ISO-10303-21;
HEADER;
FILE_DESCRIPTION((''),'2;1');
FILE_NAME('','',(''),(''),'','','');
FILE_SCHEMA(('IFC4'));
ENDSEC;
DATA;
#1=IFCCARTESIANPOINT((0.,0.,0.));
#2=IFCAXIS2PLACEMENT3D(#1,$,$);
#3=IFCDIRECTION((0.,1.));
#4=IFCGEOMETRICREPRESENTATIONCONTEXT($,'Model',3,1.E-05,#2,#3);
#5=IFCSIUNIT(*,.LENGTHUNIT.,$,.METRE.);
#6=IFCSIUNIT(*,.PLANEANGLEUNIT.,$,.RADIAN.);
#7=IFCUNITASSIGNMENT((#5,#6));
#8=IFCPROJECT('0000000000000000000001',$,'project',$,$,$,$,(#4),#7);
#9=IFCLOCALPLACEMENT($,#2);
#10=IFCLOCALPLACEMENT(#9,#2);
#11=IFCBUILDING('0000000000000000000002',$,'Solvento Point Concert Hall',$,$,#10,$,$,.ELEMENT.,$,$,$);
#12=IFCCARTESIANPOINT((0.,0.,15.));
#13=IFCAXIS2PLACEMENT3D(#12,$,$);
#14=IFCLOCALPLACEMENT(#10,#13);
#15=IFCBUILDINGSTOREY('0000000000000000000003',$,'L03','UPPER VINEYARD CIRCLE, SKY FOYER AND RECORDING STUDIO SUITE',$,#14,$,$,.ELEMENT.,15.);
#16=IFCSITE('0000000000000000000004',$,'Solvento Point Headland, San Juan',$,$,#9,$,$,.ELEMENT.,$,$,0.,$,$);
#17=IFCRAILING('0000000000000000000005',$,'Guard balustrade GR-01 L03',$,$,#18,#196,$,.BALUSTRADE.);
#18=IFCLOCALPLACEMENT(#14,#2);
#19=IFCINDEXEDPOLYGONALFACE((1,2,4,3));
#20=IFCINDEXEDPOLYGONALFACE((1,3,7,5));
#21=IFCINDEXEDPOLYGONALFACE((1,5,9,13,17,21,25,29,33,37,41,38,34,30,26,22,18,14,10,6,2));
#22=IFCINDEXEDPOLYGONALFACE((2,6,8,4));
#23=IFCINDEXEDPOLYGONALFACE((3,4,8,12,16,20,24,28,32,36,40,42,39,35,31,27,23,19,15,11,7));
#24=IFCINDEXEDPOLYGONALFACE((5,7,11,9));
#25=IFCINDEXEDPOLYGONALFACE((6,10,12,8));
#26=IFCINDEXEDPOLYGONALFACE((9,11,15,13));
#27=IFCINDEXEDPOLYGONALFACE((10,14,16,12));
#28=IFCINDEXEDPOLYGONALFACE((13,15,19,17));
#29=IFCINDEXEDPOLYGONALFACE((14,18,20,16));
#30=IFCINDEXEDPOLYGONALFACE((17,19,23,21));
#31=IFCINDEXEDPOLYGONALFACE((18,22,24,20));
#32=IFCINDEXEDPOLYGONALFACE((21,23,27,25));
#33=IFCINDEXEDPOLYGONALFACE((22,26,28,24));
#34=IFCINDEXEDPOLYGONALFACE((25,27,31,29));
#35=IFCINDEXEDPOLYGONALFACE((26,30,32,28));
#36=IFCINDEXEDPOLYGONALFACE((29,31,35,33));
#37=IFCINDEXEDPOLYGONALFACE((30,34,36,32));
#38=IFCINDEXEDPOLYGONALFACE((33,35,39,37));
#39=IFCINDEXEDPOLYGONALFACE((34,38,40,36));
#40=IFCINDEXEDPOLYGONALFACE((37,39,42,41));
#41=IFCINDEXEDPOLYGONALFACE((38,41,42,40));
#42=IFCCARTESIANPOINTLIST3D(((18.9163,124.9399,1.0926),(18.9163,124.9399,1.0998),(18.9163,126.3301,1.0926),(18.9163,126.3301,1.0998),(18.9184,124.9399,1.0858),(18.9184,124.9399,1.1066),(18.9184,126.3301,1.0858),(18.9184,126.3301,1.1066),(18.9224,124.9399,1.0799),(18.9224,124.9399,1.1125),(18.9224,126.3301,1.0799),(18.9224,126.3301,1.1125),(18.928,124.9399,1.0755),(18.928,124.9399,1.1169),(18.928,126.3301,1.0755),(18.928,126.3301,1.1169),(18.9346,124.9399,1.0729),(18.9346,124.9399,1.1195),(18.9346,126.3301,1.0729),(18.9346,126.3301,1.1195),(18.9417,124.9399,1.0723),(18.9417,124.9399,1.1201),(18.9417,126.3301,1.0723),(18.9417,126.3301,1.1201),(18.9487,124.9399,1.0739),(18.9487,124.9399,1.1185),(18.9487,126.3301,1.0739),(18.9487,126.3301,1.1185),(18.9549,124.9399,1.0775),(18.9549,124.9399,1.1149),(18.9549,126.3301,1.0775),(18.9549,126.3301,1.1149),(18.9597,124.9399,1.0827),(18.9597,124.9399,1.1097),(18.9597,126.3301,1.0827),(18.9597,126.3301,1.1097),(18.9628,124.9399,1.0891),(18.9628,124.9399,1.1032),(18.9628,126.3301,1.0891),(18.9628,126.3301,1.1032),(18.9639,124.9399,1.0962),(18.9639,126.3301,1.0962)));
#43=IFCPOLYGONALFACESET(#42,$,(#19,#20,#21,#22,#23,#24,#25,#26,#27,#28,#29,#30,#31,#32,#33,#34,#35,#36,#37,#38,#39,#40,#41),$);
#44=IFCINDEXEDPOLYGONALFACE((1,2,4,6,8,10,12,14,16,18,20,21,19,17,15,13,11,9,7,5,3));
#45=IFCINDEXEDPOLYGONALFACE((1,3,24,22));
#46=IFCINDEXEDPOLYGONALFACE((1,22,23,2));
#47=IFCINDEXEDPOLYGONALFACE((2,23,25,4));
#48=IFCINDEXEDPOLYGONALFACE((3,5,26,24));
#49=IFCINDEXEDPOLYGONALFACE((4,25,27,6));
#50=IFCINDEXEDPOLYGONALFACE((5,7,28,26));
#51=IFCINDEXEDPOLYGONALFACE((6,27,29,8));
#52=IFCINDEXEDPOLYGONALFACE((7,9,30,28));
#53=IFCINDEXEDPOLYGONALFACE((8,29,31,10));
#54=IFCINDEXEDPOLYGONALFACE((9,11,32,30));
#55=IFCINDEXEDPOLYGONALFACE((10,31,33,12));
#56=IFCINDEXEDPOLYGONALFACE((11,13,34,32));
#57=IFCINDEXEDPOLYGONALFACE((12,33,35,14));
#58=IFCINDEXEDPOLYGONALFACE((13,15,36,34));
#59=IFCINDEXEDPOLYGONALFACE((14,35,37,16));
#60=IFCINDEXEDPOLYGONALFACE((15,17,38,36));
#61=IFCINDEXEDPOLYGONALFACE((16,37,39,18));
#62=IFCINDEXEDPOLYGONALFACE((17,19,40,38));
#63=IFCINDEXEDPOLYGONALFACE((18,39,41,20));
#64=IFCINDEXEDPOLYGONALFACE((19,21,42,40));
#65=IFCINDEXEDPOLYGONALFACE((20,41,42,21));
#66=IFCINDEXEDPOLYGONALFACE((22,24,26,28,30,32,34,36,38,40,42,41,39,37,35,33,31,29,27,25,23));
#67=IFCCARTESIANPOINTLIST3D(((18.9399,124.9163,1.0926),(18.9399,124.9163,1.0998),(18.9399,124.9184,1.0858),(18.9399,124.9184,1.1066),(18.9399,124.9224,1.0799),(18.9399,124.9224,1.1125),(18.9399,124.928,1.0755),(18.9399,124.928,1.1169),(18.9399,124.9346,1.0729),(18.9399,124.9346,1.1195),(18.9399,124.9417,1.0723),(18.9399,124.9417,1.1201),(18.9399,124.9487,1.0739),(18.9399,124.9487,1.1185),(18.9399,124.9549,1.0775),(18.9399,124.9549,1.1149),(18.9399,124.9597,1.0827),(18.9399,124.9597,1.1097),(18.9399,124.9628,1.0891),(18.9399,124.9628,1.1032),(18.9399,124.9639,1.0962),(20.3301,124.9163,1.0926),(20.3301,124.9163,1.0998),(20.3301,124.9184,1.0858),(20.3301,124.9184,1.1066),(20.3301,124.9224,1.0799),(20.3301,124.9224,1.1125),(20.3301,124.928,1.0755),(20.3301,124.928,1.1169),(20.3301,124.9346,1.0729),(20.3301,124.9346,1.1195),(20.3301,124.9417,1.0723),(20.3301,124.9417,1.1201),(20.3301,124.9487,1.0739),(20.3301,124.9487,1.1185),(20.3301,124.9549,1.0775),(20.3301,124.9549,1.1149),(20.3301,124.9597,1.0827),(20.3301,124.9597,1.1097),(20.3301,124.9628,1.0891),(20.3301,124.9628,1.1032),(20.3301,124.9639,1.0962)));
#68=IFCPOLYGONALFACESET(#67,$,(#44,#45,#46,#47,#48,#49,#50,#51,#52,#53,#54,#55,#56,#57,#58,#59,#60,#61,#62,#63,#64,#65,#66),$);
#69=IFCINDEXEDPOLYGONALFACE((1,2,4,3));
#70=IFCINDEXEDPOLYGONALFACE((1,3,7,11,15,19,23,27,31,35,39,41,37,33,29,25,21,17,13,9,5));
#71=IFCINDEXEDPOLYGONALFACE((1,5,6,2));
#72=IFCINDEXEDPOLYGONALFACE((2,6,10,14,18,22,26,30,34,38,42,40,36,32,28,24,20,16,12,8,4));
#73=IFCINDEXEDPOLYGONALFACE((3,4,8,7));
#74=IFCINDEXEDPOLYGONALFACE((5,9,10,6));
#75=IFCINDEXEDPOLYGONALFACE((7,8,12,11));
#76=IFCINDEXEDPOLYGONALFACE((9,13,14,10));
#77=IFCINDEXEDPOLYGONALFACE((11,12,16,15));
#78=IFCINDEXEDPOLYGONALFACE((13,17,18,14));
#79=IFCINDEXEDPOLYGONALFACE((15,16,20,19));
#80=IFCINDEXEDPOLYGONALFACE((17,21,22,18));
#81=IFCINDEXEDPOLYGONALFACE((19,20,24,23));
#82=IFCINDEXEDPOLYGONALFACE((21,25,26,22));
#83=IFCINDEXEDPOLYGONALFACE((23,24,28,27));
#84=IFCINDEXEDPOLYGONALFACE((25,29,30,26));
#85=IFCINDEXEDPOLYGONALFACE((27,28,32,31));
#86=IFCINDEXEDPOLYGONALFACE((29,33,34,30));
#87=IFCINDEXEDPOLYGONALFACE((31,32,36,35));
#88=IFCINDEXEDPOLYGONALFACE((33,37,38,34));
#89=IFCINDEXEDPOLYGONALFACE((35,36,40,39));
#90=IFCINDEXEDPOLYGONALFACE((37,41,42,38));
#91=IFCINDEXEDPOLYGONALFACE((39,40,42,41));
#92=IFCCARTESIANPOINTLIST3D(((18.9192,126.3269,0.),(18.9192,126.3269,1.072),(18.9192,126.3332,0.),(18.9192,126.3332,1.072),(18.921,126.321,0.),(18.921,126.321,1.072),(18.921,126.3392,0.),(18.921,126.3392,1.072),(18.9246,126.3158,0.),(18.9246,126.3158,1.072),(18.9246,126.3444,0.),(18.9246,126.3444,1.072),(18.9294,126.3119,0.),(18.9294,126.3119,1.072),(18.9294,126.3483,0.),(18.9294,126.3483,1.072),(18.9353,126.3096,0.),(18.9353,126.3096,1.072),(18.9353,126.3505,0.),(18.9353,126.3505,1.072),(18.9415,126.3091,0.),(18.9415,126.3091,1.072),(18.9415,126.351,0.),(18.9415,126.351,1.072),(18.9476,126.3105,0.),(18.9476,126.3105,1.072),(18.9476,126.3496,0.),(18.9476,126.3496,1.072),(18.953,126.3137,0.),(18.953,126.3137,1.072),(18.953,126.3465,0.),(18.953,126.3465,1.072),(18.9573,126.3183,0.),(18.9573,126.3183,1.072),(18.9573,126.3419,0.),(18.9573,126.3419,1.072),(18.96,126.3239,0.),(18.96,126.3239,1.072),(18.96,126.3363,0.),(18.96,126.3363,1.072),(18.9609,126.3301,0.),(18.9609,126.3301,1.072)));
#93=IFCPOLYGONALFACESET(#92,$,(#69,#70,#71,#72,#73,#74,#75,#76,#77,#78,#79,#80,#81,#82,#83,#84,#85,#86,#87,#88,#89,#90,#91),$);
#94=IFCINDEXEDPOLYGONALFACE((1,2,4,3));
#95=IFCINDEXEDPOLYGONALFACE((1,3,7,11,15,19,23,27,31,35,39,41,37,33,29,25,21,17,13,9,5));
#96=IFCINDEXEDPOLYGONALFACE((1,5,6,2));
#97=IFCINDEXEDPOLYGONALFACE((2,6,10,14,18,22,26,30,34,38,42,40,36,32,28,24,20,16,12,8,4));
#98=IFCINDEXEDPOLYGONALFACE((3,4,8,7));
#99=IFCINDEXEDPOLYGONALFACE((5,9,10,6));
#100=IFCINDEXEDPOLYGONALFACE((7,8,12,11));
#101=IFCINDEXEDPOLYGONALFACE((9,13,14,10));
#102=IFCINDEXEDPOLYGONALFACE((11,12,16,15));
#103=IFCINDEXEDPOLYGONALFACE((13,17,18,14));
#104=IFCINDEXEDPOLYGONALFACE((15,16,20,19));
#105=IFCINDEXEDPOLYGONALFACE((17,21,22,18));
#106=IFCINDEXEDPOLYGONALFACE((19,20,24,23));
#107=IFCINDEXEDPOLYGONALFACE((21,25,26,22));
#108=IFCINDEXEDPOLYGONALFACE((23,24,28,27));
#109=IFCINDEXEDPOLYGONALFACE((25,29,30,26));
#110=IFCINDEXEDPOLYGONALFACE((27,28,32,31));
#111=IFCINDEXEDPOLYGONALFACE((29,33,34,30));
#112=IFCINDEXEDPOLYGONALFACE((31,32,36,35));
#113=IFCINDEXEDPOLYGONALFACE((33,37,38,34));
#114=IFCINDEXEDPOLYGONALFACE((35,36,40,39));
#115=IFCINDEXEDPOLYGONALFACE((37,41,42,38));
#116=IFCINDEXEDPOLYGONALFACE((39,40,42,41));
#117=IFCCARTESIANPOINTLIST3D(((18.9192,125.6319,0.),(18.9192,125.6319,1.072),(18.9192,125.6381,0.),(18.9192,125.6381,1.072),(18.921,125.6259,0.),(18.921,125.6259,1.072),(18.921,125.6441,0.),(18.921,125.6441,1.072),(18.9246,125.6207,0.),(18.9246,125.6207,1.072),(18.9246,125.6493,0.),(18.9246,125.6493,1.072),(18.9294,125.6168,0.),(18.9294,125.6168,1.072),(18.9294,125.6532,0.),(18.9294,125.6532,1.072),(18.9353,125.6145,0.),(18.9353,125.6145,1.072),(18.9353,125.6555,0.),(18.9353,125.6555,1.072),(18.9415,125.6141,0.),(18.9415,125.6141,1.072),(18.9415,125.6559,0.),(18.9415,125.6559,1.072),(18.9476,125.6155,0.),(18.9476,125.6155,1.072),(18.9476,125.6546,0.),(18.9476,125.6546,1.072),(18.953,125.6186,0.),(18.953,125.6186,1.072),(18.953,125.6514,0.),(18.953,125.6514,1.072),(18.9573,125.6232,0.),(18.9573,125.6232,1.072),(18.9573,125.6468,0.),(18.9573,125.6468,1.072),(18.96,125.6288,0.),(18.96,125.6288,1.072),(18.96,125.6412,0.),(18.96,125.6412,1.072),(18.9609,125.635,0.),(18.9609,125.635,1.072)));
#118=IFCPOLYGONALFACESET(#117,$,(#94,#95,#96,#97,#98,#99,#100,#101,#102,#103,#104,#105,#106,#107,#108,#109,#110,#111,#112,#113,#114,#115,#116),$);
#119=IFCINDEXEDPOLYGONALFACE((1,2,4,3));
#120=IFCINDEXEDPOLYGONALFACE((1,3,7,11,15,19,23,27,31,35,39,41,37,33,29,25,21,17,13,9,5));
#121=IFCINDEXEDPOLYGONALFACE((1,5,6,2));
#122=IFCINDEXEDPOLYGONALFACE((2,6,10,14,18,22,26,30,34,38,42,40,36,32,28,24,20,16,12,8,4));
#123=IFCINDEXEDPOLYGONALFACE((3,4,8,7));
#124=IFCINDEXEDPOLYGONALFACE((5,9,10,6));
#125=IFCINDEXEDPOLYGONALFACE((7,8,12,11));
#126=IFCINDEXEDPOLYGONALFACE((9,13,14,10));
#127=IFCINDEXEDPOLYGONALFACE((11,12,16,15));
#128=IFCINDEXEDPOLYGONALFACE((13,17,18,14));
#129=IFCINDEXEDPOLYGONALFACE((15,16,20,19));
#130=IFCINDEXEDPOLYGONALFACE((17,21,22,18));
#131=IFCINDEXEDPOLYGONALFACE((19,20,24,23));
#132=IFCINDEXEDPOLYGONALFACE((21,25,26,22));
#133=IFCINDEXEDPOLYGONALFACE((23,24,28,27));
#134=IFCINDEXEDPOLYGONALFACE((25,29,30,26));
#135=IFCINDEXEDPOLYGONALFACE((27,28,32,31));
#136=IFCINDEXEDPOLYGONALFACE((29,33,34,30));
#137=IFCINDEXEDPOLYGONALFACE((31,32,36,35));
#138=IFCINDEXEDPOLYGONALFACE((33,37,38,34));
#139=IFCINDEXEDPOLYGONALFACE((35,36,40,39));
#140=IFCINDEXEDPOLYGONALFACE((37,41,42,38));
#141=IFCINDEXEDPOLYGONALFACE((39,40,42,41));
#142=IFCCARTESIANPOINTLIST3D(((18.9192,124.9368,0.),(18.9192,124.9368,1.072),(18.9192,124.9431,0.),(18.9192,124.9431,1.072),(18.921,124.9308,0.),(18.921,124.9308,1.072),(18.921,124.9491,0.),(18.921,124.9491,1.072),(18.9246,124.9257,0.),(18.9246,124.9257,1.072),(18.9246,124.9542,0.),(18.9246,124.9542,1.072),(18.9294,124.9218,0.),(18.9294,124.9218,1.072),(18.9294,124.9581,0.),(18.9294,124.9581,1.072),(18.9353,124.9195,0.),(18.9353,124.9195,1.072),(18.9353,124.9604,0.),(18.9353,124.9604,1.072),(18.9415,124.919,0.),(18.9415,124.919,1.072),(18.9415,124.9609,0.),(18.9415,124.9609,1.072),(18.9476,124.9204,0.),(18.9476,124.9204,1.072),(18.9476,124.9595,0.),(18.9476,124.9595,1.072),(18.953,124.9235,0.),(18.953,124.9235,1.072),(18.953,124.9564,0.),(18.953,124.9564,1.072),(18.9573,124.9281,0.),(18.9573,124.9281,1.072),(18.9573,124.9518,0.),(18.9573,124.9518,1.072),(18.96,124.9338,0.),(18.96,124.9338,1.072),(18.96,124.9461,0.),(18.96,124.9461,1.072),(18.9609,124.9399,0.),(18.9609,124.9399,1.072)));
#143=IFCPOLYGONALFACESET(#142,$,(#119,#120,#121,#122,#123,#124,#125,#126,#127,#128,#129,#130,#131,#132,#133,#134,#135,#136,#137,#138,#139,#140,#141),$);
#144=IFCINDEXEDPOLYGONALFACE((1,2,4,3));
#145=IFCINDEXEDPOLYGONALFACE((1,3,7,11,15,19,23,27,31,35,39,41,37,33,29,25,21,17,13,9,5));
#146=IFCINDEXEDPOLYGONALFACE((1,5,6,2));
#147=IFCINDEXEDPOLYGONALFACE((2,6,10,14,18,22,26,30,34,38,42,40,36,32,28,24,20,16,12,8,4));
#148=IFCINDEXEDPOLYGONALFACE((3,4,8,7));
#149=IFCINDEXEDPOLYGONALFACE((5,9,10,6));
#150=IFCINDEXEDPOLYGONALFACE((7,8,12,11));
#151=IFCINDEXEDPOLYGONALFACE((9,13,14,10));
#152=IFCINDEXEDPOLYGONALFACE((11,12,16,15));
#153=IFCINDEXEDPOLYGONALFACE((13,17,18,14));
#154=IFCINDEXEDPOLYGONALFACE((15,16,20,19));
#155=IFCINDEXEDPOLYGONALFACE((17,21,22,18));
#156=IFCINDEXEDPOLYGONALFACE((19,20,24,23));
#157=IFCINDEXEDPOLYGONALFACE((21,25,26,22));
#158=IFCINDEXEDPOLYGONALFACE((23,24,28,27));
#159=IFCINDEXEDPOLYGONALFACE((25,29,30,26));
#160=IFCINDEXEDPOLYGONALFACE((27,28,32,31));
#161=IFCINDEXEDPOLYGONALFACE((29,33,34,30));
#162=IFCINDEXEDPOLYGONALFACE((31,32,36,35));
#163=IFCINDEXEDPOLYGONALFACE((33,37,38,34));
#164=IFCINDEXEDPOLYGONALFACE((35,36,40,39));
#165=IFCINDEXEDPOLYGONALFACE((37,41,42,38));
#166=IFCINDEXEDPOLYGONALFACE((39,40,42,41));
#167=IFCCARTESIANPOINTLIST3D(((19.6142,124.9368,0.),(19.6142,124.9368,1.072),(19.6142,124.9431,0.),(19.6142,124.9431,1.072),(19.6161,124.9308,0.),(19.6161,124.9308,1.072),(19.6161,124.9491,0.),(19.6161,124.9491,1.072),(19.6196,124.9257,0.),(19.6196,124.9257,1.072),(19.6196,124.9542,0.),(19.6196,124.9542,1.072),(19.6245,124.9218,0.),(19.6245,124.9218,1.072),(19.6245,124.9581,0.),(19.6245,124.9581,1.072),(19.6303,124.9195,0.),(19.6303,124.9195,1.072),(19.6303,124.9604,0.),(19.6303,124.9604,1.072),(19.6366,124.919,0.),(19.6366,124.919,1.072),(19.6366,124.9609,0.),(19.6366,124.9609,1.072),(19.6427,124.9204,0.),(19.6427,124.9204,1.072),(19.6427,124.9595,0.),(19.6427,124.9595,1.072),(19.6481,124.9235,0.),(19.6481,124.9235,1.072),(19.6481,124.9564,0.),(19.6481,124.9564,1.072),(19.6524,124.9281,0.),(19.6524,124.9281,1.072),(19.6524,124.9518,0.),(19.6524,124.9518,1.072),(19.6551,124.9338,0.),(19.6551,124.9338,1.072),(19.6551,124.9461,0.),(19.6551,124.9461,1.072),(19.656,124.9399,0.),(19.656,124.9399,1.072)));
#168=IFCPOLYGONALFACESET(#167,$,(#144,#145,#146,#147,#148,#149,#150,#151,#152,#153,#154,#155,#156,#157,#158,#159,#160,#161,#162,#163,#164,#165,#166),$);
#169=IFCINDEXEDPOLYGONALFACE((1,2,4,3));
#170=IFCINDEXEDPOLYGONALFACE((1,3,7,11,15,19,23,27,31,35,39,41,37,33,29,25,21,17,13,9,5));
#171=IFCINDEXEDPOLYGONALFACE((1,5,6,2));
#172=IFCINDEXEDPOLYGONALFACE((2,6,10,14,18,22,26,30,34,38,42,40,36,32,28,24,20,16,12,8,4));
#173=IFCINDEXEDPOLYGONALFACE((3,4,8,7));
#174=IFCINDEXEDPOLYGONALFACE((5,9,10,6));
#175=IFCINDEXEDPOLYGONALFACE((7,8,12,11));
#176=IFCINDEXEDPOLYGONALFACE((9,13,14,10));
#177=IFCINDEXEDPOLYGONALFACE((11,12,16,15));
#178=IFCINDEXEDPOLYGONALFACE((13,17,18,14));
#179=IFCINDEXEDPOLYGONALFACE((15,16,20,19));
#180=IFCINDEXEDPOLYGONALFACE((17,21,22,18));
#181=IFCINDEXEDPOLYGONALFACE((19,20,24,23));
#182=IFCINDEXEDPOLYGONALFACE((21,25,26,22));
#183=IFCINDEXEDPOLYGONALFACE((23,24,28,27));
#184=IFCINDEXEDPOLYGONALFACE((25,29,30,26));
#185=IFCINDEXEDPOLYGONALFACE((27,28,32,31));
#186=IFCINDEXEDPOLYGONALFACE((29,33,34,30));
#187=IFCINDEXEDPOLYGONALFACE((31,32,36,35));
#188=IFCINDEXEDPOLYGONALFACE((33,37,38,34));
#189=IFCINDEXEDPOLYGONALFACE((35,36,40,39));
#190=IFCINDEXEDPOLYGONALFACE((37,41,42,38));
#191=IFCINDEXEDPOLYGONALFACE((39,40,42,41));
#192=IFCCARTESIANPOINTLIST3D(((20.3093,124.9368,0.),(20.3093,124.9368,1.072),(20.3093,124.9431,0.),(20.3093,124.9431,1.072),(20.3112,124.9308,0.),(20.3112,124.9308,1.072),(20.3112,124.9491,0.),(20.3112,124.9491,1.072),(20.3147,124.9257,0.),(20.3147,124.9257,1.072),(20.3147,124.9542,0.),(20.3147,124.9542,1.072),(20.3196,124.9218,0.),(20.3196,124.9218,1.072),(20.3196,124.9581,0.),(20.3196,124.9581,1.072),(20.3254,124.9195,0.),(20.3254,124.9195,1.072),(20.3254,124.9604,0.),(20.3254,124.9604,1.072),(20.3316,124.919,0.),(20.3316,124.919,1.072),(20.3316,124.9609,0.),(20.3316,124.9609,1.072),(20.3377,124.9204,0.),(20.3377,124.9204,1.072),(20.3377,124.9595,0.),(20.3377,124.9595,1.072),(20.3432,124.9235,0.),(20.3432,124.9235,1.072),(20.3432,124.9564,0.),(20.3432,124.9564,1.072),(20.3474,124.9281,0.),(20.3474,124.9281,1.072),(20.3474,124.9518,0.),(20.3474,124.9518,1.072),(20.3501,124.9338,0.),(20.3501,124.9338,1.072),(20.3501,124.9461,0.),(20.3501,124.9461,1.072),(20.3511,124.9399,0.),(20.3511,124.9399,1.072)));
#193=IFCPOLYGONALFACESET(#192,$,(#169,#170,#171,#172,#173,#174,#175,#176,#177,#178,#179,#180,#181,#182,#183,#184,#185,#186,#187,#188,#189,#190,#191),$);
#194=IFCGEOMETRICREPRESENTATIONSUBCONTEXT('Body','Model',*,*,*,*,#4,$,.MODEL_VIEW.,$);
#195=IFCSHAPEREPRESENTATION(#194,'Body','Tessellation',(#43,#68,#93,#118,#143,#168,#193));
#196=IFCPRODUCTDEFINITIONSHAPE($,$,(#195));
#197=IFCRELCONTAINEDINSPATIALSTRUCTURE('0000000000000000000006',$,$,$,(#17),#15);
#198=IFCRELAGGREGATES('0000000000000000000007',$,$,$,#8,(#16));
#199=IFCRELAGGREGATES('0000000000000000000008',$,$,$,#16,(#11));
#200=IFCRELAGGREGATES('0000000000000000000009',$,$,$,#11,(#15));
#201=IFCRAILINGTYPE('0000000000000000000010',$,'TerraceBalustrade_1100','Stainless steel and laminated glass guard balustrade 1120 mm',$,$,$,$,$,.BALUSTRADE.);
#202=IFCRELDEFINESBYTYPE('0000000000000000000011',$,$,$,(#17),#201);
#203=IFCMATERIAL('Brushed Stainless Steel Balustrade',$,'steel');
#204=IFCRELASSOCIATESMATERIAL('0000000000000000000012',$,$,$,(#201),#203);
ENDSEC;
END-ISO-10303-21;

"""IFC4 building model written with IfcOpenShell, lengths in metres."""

from ifc_helpers import new_model, si_unit, direction, frame, origin, origin_2d, place, context, subcontext, project, spatial, circle, extrude, material, type_object, element, save


model = new_model("IFC4")

# Units and contexts
model_context = context("Model", 3, precision=1e-05, world=origin(), true_north=direction((0.0, 1.0)))
body_context = subcontext(model_context, "Body", "Model", "MODEL_VIEW")
ifc_project = project(units=[si_unit("LENGTHUNIT", "METRE"), si_unit("PLANEANGLEUNIT", "RADIAN")], contexts=[model_context])

# Site, building, storey
site_placement = place(None, origin())
site = spatial("IfcSite", under=ifc_project, at=site_placement, Name="Solvento Point Headland, San Juan", CompositionType="ELEMENT", RefElevation=0.0)
building_placement = place(site_placement, origin())
building = spatial("IfcBuilding", under=site, at=building_placement, Name="Solvento Point Concert Hall", CompositionType="ELEMENT")
storey_placement = place(building_placement, frame((0.0, 0.0, 15.0)))
storey = spatial("IfcBuildingStorey", under=building, at=storey_placement, Name="L03", Description="UPPER VINEYARD CIRCLE, SKY FOYER AND RECORDING STUDIO SUITE", CompositionType="ELEMENT", Elevation=15.0)

# Railing
ifc_material_1 = material(Name="Brushed Stainless Steel Balustrade", Category="steel")
railing_type = type_object("IfcRailingType", Name="TerraceBalustrade_1100", Description="Stainless steel and laminated glass guard balustrade 1120 mm", PredefinedType="BALUSTRADE", material=ifc_material_1)
railing_1_placement = place(storey_placement, frame((18.9399, 126.3301, 0.0)))
element("IfcRailing", 1, at=railing_1_placement, inside=storey, type_object=railing_type, Name="Guard balustrade GR-01 L03", PredefinedType="BALUSTRADE", context=body_context, shape_type="SweptSolid", body=[
    extrude(circle(Radius=0.0239, at=origin_2d()), frame((0.0, 0.0, 1.0962), z_axis=(0.0, -1.0, 0.0), x_axis=(1.0, 0.0, 0.0)), (0.0, 0.0, 1.0), 1.3901),
    extrude(circle(Radius=0.0239, at=origin_2d()), frame((0.0, -1.3901, 1.0962), z_axis=(1.0, 0.0, 0.0), x_axis=(0.0, 1.0, 0.0)), (0.0, 0.0, 1.0), 1.3901),
    extrude(circle(Radius=0.021, at=origin_2d()), origin(), (0.0, 0.0, 1.0), 1.072),
    extrude(circle(Radius=0.021, at=origin_2d()), frame((0.0, -0.6951, 0.0)), (0.0, 0.0, 1.0), 1.072),
    extrude(circle(Radius=0.021, at=origin_2d()), frame((0.0, -1.3901, 0.0)), (0.0, 0.0, 1.0), 1.072),
    extrude(circle(Radius=0.021, at=origin_2d()), frame((0.6951, -1.3901, 0.0)), (0.0, 0.0, 1.0), 1.072),
    extrude(circle(Radius=0.021, at=origin_2d()), frame((1.3901, -1.3901, 0.0)), (0.0, 0.0, 1.0), 1.072),
])

save(model, "model.ifc")
